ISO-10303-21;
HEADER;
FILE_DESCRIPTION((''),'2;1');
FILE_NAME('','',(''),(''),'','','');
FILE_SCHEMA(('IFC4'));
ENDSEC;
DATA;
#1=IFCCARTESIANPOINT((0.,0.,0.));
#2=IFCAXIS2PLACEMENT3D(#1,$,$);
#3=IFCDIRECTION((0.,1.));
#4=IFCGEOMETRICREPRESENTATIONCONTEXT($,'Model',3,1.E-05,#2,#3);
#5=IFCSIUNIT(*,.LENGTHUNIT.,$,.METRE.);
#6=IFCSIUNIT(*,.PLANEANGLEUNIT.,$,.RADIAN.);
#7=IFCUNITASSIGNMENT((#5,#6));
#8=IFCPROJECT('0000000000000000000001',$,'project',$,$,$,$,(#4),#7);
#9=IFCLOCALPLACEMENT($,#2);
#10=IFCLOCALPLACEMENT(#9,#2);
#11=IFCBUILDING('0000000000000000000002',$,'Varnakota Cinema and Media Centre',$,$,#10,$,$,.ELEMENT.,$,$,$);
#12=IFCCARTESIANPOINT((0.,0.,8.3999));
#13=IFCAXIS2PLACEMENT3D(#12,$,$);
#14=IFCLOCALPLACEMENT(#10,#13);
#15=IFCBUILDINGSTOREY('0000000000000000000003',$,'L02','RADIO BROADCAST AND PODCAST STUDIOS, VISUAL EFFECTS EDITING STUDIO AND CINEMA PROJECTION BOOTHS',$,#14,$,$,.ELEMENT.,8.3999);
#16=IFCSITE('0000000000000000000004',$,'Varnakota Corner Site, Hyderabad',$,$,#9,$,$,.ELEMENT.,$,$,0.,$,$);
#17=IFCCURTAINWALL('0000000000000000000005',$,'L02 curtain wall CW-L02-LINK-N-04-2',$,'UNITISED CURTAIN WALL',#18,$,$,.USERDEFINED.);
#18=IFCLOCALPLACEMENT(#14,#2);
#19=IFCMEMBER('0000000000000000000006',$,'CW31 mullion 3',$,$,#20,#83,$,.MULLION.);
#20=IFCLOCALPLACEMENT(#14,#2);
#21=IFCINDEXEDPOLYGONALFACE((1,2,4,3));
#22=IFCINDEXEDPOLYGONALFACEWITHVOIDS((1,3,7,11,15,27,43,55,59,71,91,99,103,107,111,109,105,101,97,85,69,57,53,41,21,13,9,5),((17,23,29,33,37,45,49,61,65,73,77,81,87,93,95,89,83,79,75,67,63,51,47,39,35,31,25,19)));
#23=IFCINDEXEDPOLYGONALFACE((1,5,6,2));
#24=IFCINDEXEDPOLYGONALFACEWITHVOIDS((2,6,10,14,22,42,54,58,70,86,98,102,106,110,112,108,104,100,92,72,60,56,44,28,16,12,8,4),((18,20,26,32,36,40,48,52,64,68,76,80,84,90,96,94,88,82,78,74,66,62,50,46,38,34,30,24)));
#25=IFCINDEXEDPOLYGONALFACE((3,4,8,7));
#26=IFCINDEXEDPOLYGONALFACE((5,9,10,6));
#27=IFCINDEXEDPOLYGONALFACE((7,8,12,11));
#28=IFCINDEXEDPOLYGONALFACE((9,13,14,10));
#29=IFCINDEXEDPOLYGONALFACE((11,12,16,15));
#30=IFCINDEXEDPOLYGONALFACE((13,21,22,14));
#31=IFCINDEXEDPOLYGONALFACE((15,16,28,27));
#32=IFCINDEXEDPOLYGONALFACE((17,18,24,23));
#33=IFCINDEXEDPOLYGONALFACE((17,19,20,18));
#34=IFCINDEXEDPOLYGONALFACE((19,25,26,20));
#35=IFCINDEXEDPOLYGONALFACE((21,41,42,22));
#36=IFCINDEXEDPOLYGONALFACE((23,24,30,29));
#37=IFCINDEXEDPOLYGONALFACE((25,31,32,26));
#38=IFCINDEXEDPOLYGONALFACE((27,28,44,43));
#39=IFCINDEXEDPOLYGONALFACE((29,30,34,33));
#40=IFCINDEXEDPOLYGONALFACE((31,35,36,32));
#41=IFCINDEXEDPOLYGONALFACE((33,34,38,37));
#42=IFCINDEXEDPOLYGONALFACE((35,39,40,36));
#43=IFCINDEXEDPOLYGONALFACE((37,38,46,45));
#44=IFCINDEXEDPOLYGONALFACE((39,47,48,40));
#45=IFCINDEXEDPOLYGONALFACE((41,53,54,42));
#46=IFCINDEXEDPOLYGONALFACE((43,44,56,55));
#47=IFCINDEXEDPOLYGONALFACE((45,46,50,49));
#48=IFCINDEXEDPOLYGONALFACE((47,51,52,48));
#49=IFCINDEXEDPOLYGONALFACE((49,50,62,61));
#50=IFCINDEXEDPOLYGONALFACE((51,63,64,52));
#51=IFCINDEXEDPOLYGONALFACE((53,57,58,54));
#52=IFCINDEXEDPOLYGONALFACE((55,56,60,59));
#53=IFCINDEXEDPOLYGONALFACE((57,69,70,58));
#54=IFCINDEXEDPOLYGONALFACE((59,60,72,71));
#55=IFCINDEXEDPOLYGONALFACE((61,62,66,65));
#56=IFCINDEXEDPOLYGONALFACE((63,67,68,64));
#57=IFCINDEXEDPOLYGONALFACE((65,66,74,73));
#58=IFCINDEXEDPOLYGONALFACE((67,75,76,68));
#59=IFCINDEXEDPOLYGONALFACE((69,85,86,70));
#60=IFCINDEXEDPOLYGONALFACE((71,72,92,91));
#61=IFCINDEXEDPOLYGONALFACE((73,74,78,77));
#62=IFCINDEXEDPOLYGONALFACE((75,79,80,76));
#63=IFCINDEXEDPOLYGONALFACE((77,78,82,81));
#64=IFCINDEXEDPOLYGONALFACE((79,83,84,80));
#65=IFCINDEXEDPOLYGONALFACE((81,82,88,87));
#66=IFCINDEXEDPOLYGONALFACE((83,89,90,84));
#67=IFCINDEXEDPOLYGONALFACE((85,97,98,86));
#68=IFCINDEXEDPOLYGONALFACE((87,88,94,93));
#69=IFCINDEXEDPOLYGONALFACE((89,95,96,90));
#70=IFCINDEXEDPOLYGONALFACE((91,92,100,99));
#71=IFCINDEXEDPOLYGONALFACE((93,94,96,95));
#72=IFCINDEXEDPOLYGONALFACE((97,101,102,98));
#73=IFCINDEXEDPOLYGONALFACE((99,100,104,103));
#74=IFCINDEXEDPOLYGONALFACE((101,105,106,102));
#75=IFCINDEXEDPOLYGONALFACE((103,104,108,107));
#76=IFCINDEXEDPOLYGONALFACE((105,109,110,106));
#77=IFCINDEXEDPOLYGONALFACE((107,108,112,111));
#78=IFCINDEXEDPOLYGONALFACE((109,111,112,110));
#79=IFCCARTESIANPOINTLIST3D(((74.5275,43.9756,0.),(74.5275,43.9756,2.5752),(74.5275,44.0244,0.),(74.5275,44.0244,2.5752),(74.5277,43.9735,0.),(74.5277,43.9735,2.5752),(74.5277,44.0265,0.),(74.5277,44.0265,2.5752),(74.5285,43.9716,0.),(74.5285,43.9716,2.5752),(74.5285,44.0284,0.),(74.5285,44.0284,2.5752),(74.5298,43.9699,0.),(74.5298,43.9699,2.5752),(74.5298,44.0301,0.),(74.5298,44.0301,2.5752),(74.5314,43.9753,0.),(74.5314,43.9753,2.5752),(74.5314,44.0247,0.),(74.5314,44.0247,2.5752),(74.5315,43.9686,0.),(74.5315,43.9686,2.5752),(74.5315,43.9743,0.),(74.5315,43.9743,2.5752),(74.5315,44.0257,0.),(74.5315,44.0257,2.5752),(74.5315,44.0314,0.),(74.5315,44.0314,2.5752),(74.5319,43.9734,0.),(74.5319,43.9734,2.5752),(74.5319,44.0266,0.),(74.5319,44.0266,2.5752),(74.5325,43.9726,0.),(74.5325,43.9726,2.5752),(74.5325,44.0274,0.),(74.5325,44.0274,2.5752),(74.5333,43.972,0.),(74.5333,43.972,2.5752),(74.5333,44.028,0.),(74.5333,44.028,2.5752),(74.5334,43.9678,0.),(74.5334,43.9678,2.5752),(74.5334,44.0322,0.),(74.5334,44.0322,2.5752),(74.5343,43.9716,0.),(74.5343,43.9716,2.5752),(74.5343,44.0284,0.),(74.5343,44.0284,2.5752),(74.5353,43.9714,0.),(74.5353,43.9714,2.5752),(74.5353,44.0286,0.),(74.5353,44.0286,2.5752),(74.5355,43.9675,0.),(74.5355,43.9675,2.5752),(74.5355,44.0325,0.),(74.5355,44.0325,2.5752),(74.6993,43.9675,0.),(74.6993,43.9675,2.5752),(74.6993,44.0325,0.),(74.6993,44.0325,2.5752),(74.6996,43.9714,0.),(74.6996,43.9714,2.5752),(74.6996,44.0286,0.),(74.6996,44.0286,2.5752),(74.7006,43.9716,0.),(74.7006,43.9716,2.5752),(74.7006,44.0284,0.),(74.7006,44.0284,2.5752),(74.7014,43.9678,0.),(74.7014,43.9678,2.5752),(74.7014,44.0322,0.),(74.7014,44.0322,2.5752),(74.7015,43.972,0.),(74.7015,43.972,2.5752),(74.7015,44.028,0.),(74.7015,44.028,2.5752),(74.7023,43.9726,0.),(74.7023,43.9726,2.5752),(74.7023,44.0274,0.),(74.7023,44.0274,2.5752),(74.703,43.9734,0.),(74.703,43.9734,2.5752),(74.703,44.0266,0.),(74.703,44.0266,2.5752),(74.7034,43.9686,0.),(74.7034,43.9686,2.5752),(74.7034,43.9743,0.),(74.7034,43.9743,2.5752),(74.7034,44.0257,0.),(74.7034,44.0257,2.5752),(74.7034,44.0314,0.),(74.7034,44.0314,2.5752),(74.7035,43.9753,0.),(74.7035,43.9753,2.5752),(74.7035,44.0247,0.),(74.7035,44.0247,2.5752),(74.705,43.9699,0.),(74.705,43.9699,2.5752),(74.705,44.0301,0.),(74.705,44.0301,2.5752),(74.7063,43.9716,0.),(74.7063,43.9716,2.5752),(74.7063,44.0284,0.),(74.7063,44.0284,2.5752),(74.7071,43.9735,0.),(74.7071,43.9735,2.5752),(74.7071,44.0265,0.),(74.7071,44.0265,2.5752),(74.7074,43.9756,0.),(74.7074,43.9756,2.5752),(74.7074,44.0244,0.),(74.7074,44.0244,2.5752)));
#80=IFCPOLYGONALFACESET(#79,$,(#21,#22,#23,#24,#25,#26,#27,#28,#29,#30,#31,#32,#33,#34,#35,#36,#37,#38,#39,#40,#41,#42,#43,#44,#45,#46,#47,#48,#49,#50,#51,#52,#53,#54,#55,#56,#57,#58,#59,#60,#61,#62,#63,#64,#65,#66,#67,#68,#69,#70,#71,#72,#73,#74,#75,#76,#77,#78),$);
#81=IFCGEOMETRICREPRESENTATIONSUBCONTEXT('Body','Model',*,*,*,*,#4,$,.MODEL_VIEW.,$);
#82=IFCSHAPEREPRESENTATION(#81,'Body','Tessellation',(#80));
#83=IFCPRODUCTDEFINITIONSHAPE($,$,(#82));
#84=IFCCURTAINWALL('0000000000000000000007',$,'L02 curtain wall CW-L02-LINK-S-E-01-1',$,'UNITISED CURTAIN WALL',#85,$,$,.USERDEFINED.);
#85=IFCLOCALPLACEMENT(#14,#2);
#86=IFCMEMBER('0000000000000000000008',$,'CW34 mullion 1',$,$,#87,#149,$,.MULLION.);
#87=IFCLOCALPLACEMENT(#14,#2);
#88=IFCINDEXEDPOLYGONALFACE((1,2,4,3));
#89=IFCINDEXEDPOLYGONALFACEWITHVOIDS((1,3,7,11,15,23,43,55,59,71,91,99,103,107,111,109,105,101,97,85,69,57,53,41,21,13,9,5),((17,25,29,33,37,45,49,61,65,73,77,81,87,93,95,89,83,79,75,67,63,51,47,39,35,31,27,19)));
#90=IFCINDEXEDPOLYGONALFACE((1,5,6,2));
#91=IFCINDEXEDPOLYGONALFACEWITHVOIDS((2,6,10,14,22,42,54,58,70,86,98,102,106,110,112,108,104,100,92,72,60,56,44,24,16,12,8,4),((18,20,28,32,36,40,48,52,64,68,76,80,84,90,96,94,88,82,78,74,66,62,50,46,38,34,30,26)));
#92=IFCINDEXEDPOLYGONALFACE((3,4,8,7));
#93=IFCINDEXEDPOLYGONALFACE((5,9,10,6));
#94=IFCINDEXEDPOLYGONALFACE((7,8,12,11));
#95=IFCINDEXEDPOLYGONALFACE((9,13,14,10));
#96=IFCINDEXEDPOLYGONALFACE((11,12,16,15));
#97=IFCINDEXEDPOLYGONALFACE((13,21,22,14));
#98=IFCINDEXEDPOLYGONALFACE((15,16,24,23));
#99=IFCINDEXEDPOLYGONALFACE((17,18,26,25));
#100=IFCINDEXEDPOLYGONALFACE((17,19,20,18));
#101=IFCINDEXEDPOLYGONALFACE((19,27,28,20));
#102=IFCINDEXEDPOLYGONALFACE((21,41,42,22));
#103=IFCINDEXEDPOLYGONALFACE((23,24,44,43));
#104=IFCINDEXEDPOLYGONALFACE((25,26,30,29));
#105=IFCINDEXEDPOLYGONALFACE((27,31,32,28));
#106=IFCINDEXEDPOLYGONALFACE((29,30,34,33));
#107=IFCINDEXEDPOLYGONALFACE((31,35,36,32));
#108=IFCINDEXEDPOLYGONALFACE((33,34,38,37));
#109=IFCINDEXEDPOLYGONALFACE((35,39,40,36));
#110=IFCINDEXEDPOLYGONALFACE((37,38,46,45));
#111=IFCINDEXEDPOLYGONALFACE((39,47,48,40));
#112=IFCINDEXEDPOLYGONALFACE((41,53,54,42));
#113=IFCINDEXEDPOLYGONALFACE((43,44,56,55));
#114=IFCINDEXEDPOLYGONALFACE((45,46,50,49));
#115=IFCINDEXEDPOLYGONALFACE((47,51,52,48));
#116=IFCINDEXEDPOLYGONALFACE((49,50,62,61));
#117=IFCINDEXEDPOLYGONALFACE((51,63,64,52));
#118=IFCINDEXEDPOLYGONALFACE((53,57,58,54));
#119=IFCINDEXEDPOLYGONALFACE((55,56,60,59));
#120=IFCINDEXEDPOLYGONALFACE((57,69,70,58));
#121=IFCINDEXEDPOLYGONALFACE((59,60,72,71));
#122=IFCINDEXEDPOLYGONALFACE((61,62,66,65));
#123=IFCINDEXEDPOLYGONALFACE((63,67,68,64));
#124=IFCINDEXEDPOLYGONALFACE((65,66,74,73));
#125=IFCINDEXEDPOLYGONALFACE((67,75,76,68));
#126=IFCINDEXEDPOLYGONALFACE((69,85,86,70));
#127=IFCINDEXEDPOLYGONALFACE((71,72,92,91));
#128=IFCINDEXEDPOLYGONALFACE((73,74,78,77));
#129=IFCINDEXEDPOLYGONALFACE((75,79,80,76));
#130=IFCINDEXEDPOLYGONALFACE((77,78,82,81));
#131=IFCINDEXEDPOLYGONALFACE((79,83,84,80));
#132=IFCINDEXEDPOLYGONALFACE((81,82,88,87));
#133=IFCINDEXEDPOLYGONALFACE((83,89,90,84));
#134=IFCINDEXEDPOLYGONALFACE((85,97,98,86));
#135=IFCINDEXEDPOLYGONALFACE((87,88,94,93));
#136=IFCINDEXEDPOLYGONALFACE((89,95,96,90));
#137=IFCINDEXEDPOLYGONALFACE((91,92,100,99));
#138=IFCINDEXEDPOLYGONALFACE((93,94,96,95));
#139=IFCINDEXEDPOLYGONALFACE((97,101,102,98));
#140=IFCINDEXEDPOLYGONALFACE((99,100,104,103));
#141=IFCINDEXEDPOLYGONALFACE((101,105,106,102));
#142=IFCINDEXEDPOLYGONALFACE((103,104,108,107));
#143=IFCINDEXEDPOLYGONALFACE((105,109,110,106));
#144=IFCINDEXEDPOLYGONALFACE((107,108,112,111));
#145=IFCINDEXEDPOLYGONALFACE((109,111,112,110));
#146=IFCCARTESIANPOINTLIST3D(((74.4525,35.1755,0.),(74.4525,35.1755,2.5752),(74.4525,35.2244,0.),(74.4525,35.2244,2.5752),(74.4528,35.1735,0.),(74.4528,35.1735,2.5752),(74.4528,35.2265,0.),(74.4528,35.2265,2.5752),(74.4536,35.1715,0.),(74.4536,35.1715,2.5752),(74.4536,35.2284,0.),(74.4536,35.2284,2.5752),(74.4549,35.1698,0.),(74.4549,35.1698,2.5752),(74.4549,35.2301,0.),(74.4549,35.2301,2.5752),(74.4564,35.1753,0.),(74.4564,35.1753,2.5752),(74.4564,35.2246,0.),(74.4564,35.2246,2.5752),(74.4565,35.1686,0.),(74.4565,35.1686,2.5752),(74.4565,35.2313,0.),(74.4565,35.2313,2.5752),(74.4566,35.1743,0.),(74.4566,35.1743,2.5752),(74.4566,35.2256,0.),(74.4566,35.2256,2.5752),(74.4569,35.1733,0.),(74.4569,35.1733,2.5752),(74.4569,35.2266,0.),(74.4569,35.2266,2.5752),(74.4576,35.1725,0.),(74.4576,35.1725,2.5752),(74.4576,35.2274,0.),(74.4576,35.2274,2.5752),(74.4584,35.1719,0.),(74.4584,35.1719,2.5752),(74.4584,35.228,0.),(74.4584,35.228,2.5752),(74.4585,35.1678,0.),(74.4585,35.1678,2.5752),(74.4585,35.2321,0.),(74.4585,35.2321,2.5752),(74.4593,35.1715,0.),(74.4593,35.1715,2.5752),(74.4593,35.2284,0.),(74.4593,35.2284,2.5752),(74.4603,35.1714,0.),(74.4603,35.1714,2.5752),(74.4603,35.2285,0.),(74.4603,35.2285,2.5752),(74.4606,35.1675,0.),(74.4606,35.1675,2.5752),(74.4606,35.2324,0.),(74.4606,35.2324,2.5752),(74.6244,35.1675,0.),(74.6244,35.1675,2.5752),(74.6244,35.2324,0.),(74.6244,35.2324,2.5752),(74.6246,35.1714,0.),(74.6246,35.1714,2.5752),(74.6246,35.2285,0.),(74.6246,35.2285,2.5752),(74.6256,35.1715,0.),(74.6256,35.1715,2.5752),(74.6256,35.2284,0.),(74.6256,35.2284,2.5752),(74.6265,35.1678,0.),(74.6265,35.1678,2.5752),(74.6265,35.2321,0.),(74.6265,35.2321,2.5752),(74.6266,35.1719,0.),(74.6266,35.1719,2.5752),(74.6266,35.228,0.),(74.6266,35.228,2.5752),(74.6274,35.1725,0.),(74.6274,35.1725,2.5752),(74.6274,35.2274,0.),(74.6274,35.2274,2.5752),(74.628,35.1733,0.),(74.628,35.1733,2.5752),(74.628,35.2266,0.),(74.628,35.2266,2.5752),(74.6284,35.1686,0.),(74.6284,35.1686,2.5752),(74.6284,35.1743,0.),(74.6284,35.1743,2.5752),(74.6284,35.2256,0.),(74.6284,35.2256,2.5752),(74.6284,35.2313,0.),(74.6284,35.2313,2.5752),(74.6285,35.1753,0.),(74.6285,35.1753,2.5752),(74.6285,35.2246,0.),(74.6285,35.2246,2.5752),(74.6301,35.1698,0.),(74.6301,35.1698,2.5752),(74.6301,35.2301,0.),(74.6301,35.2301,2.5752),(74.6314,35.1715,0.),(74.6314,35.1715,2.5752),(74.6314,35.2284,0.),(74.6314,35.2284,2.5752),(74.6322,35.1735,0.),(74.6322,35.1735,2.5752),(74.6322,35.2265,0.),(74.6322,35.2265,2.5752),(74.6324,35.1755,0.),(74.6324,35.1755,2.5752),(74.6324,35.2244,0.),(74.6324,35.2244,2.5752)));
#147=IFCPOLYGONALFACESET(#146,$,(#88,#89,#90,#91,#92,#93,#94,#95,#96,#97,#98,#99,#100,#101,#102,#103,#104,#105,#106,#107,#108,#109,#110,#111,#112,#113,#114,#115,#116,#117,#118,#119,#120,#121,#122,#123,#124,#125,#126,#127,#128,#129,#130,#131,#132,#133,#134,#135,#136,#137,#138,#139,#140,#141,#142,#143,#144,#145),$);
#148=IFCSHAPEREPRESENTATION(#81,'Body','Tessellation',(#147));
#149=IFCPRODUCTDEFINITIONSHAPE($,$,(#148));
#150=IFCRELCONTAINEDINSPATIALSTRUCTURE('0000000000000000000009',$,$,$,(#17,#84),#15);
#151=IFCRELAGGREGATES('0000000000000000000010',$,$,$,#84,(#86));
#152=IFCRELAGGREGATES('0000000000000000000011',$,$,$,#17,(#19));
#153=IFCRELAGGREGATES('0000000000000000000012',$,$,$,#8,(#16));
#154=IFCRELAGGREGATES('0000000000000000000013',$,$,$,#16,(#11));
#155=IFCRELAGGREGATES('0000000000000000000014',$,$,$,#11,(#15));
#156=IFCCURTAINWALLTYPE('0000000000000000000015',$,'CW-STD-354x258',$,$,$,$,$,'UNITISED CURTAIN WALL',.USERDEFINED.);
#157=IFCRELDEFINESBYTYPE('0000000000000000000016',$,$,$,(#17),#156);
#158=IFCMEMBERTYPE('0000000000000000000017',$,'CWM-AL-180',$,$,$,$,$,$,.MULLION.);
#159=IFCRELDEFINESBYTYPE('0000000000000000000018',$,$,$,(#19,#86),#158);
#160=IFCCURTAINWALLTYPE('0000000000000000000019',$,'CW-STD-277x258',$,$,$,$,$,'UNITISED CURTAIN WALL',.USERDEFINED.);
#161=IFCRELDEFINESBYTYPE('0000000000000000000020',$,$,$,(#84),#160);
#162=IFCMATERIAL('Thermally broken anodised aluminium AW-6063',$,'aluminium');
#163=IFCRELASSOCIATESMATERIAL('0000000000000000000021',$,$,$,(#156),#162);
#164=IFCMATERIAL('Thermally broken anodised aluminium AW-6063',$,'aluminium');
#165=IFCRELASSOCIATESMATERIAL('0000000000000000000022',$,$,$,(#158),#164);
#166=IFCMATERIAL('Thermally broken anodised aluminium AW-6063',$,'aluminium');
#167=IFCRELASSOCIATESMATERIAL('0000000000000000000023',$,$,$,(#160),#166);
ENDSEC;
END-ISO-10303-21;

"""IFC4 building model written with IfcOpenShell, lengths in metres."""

from ifc_helpers import new_model, si_unit, direction, frame, origin, origin_2d, place, context, subcontext, project, spatial, hollow_rectangle, extrude, material, material_profile, profile_set, type_object, element, aggregate, save


model = new_model("IFC4")

# Units and contexts
model_context = context("Model", 3, precision=1e-05, world=origin(), true_north=direction((0.0, 1.0)))
body_context = subcontext(model_context, "Body", "Model", "MODEL_VIEW")
ifc_project = project(units=[si_unit("LENGTHUNIT", "METRE"), si_unit("PLANEANGLEUNIT", "RADIAN")], contexts=[model_context])

# Site, building, storey
site_placement = place(None, origin())
site = spatial("IfcSite", under=ifc_project, at=site_placement, Name="Varnakota Corner Site, Hyderabad", CompositionType="ELEMENT", RefElevation=0.0)
building_placement = place(site_placement, origin())
building = spatial("IfcBuilding", under=site, at=building_placement, Name="Varnakota Cinema and Media Centre", CompositionType="ELEMENT")
storey_placement = place(building_placement, frame((0.0, 0.0, 8.3999)))
storey = spatial("IfcBuildingStorey", under=building, at=storey_placement, Name="L02", Description="RADIO BROADCAST AND PODCAST STUDIOS, VISUAL EFFECTS EDITING STUDIO AND CINEMA PROJECTION BOOTHS", CompositionType="ELEMENT", Elevation=8.3999)

# Shared definitions
ifc_material_1 = material(Name="Thermally broken anodised aluminium AW-6063", Category="aluminium")
curtain_wall_type_1 = type_object("IfcCurtainWallType", Name="CW-STD-354x258", ElementType="UNITISED CURTAIN WALL", PredefinedType="USERDEFINED", material=ifc_material_1)
ifc_material_2 = material(Name="Thermally broken anodised aluminium AW-6063", Category="aluminium")
ifc_material_profile_1 = material_profile(ifc_material_2, hollow_rectangle(XDim=0.0649, YDim=0.1799, WallThickness=0.0039, InnerFilletRadius=0.0039, OuterFilletRadius=0.0081, at=origin_2d()), Name="AL-MULLION 180x65x4")
ifc_profile_set_1 = profile_set([ifc_material_profile_1], Name="Thermally broken anodised aluminium AW-6063")
member_type_1 = type_object("IfcMemberType", Name="CWM-AL-180", PredefinedType="MULLION", material=ifc_profile_set_1)

# Curtain wall, member
curtain_wall_1_placement = place(storey_placement, origin())
curtain_wall_1 = element("IfcCurtainWall", 1, at=curtain_wall_1_placement, inside=storey, type_object=curtain_wall_type_1, Name="L02 curtain wall CW-L02-LINK-N-04-2", ObjectType="UNITISED CURTAIN WALL", PredefinedType="USERDEFINED")
member_1_placement = place(storey_placement, frame((74.6174, 44.0, 0.0), z_axis=(0.0, 0.0, 1.0), x_axis=(0.0, 1.0, 0.0)))
member_1 = element("IfcMember", 2, at=member_1_placement, type_object=member_type_1, Name="CW31 mullion 3", PredefinedType="MULLION", context=body_context, shape_type="SweptSolid", body=[
    extrude(hollow_rectangle(XDim=0.0649, YDim=0.1799, WallThickness=0.0039, InnerFilletRadius=0.0039, OuterFilletRadius=0.0081, at=origin_2d()), origin(), (0.0, 0.0, 1.0), 2.5752),
])

# Curtain wall, member
ifc_material_3 = material(Name="Thermally broken anodised aluminium AW-6063", Category="aluminium")
curtain_wall_type_2 = type_object("IfcCurtainWallType", Name="CW-STD-277x258", ElementType="UNITISED CURTAIN WALL", PredefinedType="USERDEFINED", material=ifc_material_3)
curtain_wall_2_placement = place(storey_placement, origin())
curtain_wall_2 = element("IfcCurtainWall", 3, at=curtain_wall_2_placement, inside=storey, type_object=curtain_wall_type_2, Name="L02 curtain wall CW-L02-LINK-S-E-01-1", ObjectType="UNITISED CURTAIN WALL", PredefinedType="USERDEFINED")
member_2_placement = place(storey_placement, frame((74.5425, 35.2, 0.0), z_axis=(0.0, 0.0, 1.0), x_axis=(0.0, -1.0, 0.0)))
member_2 = element("IfcMember", 4, at=member_2_placement, type_object=member_type_1, Name="CW34 mullion 1", PredefinedType="MULLION", context=body_context, shape_type="SweptSolid", body=[
    extrude(hollow_rectangle(XDim=0.0649, YDim=0.1799, WallThickness=0.0039, InnerFilletRadius=0.0039, OuterFilletRadius=0.0081, at=origin_2d()), origin(), (0.0, 0.0, 1.0), 2.5752),
])

aggregate(curtain_wall_2, [member_2])

aggregate(curtain_wall_1, [member_1])

save(model, "model.ifc")
